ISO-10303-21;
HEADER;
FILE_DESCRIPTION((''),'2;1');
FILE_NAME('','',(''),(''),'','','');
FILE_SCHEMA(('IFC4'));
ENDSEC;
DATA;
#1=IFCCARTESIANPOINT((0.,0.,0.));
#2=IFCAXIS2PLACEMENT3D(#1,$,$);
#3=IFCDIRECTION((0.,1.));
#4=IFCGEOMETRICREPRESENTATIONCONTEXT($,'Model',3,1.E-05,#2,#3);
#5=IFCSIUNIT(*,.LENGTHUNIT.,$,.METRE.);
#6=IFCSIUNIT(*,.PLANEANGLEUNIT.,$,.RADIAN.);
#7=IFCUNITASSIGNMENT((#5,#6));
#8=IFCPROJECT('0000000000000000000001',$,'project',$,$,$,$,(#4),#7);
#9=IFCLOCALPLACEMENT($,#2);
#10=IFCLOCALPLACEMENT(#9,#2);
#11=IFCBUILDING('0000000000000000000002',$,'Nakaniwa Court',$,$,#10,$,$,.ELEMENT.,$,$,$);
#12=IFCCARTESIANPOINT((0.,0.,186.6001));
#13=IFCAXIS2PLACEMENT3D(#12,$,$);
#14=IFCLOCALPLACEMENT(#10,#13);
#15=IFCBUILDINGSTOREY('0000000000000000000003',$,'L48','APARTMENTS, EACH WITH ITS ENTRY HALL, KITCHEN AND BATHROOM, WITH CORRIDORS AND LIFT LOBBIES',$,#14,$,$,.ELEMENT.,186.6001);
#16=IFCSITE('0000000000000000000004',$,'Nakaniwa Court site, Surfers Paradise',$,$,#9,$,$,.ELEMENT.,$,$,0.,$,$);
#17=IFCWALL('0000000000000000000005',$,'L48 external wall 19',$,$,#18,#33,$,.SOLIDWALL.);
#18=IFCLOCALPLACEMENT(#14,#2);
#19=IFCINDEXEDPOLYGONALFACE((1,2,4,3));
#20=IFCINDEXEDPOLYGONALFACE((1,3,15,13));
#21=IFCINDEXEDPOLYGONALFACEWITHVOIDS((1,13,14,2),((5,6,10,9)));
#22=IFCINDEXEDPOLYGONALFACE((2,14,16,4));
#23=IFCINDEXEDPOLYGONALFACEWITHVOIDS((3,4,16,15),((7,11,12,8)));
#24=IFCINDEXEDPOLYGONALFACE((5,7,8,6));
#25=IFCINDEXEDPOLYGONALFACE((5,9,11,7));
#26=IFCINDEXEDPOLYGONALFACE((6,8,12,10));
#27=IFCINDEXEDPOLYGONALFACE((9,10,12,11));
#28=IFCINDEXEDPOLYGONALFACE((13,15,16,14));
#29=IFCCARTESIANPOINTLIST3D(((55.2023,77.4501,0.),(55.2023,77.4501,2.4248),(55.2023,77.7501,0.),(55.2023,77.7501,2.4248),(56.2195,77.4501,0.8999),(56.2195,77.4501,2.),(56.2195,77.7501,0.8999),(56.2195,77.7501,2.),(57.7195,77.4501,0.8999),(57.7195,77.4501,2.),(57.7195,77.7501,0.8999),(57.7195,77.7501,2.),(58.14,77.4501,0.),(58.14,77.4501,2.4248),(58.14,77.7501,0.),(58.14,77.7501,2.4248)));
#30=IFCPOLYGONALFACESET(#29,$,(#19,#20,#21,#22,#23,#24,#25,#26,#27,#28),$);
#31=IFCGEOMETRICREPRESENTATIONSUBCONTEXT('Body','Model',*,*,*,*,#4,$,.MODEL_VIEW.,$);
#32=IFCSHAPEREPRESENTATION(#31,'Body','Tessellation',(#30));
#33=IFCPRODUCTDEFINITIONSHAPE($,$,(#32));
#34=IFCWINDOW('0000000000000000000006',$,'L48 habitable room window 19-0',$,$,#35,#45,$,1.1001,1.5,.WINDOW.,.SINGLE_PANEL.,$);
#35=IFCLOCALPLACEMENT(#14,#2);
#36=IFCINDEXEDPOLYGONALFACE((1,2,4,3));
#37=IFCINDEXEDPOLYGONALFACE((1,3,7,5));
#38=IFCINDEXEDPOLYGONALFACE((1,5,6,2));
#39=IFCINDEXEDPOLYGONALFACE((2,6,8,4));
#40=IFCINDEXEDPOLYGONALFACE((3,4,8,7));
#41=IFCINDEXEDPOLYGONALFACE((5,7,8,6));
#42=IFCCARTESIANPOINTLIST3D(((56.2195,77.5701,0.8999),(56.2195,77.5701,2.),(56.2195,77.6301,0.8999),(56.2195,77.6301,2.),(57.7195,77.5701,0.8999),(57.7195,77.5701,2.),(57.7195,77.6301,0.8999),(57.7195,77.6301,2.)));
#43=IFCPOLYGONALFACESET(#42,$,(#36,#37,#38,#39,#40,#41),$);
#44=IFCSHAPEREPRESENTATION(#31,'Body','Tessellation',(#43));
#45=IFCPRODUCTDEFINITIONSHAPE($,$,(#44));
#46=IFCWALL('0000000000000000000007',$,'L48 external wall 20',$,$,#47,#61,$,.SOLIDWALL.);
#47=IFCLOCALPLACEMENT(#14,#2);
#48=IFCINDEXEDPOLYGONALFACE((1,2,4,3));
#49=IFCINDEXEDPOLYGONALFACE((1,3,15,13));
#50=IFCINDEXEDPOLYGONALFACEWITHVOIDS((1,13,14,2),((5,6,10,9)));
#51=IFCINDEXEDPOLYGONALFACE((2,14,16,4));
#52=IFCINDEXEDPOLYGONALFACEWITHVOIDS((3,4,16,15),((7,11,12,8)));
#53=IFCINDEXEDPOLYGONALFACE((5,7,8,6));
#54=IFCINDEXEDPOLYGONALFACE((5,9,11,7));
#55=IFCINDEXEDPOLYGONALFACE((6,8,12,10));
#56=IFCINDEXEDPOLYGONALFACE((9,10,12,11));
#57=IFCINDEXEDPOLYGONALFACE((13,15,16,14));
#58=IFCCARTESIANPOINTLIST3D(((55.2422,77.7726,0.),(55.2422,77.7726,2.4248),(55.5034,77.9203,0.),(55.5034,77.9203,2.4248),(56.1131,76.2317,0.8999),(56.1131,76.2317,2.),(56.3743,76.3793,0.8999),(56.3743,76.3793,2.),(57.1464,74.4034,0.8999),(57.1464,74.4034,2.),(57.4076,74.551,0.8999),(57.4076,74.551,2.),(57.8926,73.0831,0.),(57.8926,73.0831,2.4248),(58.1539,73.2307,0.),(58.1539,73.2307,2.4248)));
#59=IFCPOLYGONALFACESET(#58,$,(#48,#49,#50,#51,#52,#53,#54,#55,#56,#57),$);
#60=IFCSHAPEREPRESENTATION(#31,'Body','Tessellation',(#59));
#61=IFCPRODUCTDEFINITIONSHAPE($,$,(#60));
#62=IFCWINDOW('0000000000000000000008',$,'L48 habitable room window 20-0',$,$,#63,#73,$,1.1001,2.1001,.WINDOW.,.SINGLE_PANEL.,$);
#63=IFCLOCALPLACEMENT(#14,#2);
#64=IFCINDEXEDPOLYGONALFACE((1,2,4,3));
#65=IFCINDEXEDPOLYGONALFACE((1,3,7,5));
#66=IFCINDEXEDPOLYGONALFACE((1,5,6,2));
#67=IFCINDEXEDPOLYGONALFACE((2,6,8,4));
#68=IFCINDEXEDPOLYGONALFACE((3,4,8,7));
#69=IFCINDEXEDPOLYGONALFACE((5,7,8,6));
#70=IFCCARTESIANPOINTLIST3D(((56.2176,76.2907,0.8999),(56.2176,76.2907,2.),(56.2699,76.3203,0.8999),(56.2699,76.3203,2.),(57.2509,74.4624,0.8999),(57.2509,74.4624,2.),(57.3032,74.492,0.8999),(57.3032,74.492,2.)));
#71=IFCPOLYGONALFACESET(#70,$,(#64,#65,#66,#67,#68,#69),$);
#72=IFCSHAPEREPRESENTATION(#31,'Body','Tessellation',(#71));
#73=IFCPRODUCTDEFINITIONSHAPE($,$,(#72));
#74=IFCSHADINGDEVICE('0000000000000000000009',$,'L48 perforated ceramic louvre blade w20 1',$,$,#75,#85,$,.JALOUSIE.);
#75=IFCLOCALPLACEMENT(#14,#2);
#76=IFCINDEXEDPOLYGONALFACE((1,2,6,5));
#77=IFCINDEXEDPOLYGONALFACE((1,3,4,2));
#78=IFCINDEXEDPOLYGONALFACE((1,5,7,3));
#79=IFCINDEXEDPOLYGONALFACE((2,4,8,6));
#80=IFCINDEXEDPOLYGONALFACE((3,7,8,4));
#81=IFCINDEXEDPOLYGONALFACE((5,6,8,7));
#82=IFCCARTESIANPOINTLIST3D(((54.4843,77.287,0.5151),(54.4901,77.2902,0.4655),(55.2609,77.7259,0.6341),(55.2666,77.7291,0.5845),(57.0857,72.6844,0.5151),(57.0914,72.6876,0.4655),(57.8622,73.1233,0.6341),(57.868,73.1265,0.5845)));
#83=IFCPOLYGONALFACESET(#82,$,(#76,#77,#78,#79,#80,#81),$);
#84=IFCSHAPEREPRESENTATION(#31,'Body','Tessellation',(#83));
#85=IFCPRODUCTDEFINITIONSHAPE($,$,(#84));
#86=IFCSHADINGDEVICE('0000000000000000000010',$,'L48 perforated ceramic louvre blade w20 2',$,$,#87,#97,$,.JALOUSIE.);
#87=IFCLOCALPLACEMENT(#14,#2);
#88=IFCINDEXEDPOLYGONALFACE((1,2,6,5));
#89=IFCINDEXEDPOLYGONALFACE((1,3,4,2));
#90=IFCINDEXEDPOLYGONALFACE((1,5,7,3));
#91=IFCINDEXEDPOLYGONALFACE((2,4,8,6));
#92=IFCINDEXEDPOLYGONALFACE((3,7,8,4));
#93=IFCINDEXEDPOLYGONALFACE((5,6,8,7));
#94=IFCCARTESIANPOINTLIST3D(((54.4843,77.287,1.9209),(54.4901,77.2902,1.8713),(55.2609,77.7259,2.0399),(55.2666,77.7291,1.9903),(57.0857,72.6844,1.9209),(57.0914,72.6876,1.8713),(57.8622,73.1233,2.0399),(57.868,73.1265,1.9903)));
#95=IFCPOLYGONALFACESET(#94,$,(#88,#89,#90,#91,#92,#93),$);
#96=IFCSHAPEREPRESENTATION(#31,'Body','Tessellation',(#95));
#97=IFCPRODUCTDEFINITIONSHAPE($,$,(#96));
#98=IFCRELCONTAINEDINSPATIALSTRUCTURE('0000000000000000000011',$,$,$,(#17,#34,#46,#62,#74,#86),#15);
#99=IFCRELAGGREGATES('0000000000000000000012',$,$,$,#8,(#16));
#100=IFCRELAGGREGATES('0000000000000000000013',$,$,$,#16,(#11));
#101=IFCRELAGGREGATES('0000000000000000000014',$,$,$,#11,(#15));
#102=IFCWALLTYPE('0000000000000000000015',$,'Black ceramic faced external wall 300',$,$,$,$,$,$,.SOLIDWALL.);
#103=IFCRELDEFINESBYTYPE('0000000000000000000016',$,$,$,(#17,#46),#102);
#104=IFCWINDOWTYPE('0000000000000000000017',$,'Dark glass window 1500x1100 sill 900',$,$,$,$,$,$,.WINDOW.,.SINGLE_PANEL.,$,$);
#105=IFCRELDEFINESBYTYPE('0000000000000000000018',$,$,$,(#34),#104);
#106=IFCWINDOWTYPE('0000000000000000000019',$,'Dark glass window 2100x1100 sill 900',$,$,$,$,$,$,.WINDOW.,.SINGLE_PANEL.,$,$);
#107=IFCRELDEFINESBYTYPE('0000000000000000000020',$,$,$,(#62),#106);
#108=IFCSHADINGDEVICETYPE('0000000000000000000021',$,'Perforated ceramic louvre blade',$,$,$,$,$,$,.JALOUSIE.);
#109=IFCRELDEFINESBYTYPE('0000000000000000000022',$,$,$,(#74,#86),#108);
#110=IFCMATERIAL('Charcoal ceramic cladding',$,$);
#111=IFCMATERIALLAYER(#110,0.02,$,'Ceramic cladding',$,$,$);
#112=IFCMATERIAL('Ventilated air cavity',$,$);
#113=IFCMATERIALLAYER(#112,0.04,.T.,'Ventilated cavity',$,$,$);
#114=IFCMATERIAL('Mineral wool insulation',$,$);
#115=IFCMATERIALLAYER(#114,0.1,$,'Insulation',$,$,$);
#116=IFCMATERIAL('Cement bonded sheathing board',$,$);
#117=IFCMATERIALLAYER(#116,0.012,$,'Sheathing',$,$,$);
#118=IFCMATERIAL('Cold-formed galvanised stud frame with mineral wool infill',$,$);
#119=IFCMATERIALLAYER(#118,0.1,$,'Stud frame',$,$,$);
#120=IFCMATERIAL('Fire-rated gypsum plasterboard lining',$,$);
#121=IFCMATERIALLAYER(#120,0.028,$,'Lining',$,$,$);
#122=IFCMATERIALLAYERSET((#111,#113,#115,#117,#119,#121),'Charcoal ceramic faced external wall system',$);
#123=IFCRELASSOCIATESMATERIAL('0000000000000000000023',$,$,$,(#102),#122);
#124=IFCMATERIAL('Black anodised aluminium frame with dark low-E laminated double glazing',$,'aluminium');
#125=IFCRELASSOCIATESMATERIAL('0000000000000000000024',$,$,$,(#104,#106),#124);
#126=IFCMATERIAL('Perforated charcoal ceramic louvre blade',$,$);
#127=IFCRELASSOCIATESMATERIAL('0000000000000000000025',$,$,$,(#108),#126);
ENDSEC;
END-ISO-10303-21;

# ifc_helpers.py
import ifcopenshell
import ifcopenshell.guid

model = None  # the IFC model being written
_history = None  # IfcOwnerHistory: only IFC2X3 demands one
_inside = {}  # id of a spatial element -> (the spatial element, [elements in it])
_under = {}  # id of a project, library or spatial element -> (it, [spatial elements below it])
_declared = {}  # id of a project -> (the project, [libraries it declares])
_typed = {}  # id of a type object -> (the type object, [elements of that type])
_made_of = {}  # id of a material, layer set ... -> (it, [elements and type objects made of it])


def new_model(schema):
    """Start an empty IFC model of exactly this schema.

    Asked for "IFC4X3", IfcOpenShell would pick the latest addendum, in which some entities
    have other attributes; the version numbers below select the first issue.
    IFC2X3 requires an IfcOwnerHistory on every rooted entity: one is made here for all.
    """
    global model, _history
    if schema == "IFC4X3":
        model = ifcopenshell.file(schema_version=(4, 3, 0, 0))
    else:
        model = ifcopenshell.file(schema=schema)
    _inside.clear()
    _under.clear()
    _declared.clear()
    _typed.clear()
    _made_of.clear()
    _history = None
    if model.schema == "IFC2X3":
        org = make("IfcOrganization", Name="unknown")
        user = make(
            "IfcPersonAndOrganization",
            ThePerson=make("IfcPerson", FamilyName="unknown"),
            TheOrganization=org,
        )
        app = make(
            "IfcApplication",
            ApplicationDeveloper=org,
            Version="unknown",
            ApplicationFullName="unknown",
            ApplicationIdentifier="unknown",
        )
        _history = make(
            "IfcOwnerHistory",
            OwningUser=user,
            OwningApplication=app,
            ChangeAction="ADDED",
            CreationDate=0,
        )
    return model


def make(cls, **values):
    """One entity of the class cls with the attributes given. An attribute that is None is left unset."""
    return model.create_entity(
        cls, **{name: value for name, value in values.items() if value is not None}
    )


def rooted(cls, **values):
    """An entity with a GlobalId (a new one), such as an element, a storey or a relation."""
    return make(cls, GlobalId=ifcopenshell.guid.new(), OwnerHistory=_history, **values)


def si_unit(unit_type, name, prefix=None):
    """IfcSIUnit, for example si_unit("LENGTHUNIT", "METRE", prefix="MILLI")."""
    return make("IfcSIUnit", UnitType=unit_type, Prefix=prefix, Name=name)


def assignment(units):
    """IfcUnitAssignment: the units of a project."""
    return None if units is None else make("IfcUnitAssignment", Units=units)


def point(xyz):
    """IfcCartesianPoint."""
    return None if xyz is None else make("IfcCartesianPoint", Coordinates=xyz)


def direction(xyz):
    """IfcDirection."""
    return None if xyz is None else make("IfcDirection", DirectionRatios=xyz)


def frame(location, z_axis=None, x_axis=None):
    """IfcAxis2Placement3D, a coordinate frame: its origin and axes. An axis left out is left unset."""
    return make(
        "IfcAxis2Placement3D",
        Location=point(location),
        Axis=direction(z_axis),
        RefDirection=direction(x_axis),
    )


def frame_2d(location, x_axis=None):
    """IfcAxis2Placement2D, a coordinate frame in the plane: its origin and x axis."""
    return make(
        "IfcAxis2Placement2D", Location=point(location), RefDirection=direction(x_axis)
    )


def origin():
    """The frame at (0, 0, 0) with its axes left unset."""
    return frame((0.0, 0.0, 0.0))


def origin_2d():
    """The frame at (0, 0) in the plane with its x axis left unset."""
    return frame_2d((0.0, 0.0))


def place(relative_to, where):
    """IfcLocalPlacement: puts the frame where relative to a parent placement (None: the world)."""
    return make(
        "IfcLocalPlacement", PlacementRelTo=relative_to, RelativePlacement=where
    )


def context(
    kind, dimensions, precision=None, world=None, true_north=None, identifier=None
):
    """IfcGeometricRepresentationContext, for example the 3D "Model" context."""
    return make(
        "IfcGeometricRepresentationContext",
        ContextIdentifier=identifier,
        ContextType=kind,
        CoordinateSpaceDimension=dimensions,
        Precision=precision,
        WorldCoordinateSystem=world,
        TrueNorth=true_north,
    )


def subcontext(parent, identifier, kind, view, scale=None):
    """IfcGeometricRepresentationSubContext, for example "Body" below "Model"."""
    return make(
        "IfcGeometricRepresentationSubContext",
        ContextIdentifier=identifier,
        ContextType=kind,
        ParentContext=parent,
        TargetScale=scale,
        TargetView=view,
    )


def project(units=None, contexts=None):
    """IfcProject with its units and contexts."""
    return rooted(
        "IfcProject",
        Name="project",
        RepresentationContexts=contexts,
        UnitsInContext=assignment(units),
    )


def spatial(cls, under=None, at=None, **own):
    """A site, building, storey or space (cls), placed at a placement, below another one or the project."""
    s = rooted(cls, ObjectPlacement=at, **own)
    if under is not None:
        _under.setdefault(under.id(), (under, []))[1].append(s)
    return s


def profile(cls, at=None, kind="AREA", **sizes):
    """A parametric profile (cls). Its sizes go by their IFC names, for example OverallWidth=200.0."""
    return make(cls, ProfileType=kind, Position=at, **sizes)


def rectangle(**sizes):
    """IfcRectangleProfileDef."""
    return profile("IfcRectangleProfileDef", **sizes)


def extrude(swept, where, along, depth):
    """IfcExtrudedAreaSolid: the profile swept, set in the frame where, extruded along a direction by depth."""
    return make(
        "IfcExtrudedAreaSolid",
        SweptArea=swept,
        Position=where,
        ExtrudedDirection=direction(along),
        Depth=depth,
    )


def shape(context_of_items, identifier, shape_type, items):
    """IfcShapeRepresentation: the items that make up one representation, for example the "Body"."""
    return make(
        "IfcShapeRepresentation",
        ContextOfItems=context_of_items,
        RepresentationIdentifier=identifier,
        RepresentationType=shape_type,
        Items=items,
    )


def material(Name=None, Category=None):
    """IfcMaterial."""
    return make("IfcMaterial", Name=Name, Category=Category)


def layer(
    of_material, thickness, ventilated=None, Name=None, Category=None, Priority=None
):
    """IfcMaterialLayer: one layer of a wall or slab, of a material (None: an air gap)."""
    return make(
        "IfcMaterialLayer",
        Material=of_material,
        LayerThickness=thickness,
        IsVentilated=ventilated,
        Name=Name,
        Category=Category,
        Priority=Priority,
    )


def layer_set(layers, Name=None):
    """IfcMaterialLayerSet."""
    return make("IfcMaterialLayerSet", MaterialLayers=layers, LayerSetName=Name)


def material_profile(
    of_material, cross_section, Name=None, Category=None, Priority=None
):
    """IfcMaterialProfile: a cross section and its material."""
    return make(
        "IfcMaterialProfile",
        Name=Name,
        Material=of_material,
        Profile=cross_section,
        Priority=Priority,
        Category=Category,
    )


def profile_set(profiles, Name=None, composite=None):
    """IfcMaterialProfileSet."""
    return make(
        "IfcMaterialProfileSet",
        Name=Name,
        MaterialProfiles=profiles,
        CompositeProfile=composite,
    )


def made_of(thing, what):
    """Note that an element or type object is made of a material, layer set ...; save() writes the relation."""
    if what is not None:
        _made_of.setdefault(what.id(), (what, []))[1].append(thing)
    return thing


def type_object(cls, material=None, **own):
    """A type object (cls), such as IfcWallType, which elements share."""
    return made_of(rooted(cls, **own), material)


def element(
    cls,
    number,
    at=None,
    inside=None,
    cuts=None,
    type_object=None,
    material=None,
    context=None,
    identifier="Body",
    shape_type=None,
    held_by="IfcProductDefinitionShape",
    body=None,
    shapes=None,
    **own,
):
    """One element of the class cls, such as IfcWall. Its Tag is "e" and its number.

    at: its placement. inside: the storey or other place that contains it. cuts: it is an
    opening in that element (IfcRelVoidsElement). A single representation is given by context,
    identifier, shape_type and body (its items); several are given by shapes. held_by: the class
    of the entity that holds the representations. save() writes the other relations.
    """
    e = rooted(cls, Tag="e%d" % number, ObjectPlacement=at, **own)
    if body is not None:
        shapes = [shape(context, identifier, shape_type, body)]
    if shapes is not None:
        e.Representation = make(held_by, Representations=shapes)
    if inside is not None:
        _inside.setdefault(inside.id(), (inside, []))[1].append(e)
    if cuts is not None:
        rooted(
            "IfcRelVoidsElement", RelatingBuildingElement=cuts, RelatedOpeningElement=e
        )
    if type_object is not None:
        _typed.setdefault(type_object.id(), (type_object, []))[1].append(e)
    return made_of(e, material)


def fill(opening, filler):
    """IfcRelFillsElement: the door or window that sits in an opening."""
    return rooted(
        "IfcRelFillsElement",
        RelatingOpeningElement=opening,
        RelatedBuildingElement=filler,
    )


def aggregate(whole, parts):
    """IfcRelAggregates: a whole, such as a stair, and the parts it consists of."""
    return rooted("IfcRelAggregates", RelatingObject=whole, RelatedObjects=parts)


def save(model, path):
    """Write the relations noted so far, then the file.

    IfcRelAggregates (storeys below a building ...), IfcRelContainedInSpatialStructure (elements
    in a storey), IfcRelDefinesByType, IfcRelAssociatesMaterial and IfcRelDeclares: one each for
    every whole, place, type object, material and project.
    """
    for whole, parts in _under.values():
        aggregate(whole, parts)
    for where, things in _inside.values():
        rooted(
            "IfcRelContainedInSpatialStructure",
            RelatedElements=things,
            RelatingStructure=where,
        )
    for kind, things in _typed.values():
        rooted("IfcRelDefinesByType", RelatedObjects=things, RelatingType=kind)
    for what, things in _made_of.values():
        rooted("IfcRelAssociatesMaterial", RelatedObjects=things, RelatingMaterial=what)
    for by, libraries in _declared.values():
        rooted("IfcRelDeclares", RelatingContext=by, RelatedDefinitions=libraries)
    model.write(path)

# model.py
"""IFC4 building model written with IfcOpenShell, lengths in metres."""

from ifc_helpers import new_model, si_unit, direction, frame, frame_2d, origin, origin_2d, place, context, subcontext, project, spatial, rectangle, extrude, material, layer, layer_set, material_profile, profile_set, type_object, element, fill, save


model = new_model("IFC4")

# Units and contexts
model_context = context("Model", 3, precision=1e-05, world=origin(), true_north=direction((0.0, 1.0)))
body_context = subcontext(model_context, "Body", "Model", "MODEL_VIEW")
ifc_project = project(units=[si_unit("LENGTHUNIT", "METRE"), si_unit("PLANEANGLEUNIT", "RADIAN")], contexts=[model_context])

# Site, building, storey
site_placement = place(None, origin())
site = spatial("IfcSite", under=ifc_project, at=site_placement, Name="Nakaniwa Court site, Surfers Paradise", CompositionType="ELEMENT", RefElevation=0.0)
building_placement = place(site_placement, origin())
building = spatial("IfcBuilding", under=site, at=building_placement, Name="Nakaniwa Court", CompositionType="ELEMENT")
storey_placement = place(building_placement, frame((0.0, 0.0, 186.6001)))
storey = spatial("IfcBuildingStorey", under=building, at=storey_placement, Name="L48", Description="APARTMENTS, EACH WITH ITS ENTRY HALL, KITCHEN AND BATHROOM, WITH CORRIDORS AND LIFT LOBBIES", CompositionType="ELEMENT", Elevation=186.6001)

# Walls, openings, windows
ifc_material_1 = material(Name="Charcoal ceramic cladding")
ifc_layer_1 = layer(ifc_material_1, 0.02, Name="Ceramic cladding")
ifc_material_2 = material(Name="Ventilated air cavity")
ifc_layer_2 = layer(ifc_material_2, 0.04, ventilated=True, Name="Ventilated cavity")
ifc_material_3 = material(Name="Mineral wool insulation")
ifc_layer_3 = layer(ifc_material_3, 0.1, Name="Insulation")
ifc_material_4 = material(Name="Cement bonded sheathing board")
ifc_layer_4 = layer(ifc_material_4, 0.012, Name="Sheathing")
ifc_material_5 = material(Name="Cold-formed galvanised stud frame with mineral wool infill")
ifc_layer_5 = layer(ifc_material_5, 0.1, Name="Stud frame")
ifc_material_6 = material(Name="Fire-rated gypsum plasterboard lining")
ifc_layer_6 = layer(ifc_material_6, 0.028, Name="Lining")
ifc_layer_set_1 = layer_set([ifc_layer_1, ifc_layer_2, ifc_layer_3, ifc_layer_4, ifc_layer_5, ifc_layer_6], Name="Charcoal ceramic faced external wall system")
wall_type_1 = type_object("IfcWallType", Name="Black ceramic faced external wall 300", PredefinedType="SOLIDWALL", material=ifc_layer_set_1)
ifc_material_7 = material(Name="Black anodised aluminium frame with dark low-E laminated double glazing", Category="aluminium")
window_type_1 = type_object("IfcWindowType", Name="Dark glass window 1500x1100 sill 900", PartitioningType="SINGLE_PANEL", PredefinedType="WINDOW", material=ifc_material_7)
window_type_2 = type_object("IfcWindowType", Name="Dark glass window 2100x1100 sill 900", PartitioningType="SINGLE_PANEL", PredefinedType="WINDOW", material=ifc_material_7)
wall_1_placement = place(storey_placement, frame((58.1399, 77.6001, 0.0), z_axis=(0.0, 0.0, 1.0), x_axis=(-1.0, 0.0, 0.0)))
wall_1 = element("IfcWall", 1, at=wall_1_placement, inside=storey, type_object=wall_type_1, Name="L48 external wall 19", PredefinedType="SOLIDWALL", context=body_context, shape_type="SweptSolid", body=[
    extrude(rectangle(XDim=2.9377, YDim=0.3, at=frame_2d((1.4688, 0.0))), origin(), (0.0, 0.0, 1.0), 2.4248),
])
opening_1_placement = place(wall_1_placement, frame((0.4204, 0.0, 0.8999)))
opening_1 = element("IfcOpeningElement", 2, at=opening_1_placement, cuts=wall_1, PredefinedType="OPENING", context=body_context, shape_type="SweptSolid", body=[
    extrude(rectangle(XDim=1.5, YDim=1.1001, at=frame_2d((0.75, 0.55))), frame((0.0, 0.1599, 0.0), z_axis=(0.0, -1.0, 0.0), x_axis=(1.0, 0.0, 0.0)), (0.0, 0.0, 1.0), 0.3201),
])
window_1_placement = place(opening_1_placement, origin())
window_1 = element("IfcWindow", 3, at=window_1_placement, inside=storey, type_object=window_type_1, Name="L48 habitable room window 19-0", OverallHeight=1.1001, OverallWidth=1.5, PartitioningType="SINGLE_PANEL", PredefinedType="WINDOW", context=body_context, shape_type="SweptSolid", body=[
    extrude(rectangle(XDim=1.5, YDim=1.1001, at=frame_2d((0.75, 0.55))), frame((0.0, 0.03, 0.0), z_axis=(0.0, -1.0, 0.0), x_axis=(1.0, 0.0, 0.0)), (0.0, 0.0, 1.0), 0.0601),
])
fill(opening_1, window_1)
wall_2_placement = place(storey_placement, frame((55.3728, 77.8464, 0.0), z_axis=(0.0, 0.0, 1.0), x_axis=(0.492033, -0.870576, 0.0)))
wall_2 = element("IfcWall", 4, at=wall_2_placement, inside=storey, type_object=wall_type_1, Name="L48 external wall 20", PredefinedType="SOLIDWALL", context=body_context, shape_type="SweptSolid", body=[
    extrude(rectangle(XDim=5.3867, YDim=0.3, at=frame_2d((2.6934, 0.0))), origin(), (0.0, 0.0, 1.0), 2.4248),
])
opening_2_placement = place(wall_2_placement, frame((1.77, 0.0, 0.8999)))
opening_2 = element("IfcOpeningElement", 5, at=opening_2_placement, cuts=wall_2, PredefinedType="OPENING", context=body_context, shape_type="SweptSolid", body=[
    extrude(rectangle(XDim=2.1001, YDim=1.1001, at=frame_2d((1.05, 0.55))), frame((0.0, 0.1599, 0.0), z_axis=(0.0, -1.0, 0.0), x_axis=(1.0, 0.0, 0.0)), (0.0, 0.0, 1.0), 0.3201),
])
window_2_placement = place(opening_2_placement, origin())
window_2 = element("IfcWindow", 6, at=window_2_placement, inside=storey, type_object=window_type_2, Name="L48 habitable room window 20-0", OverallHeight=1.1001, OverallWidth=2.1001, PartitioningType="SINGLE_PANEL", PredefinedType="WINDOW", context=body_context, shape_type="SweptSolid", body=[
    extrude(rectangle(XDim=2.1001, YDim=1.1001, at=frame_2d((1.05, 0.55))), frame((0.0, 0.03, 0.0), z_axis=(0.0, -1.0, 0.0), x_axis=(1.0, 0.0, 0.0)), (0.0, 0.0, 1.0), 0.0601),
])
fill(opening_2, window_2)

# Shading devices
ifc_material_8 = material(Name="Perforated charcoal ceramic louvre blade")
ifc_material_profile_1 = material_profile(ifc_material_8, rectangle(XDim=0.8999, YDim=0.05, at=origin_2d()), Name="Perforated ceramic louvre blade")
ifc_profile_set_1 = profile_set([ifc_material_profile_1], Name="Perforated charcoal ceramic louvre blade")
shading_device_type = type_object("IfcShadingDeviceType", Name="Perforated ceramic louvre blade", PredefinedType="JALOUSIE", material=ifc_profile_set_1)
for number, where, z_axis, x_axis, name in (
    (7, (54.8755, 77.5081, 0.5498), (0.492041, -0.870572, 0.0), (0.862925, 0.487718, 0.132256), "L48 perforated ceramic louvre blade w20 1"),
    (8, (54.8755, 77.5081, 1.9556), (0.492041, -0.870572, 0.0), (0.862925, 0.487718, 0.132256), "L48 perforated ceramic louvre blade w20 2"),
):
    element("IfcShadingDevice", number, at=place(storey_placement, frame(where, z_axis=z_axis, x_axis=x_axis)), inside=storey, type_object=shading_device_type, Name=name, PredefinedType="JALOUSIE", context=body_context, shape_type="SweptSolid", body=[
        extrude(rectangle(XDim=0.8999, YDim=0.05, at=origin_2d()), origin(), (0.0, 0.0, 1.0), 5.2869),
    ])

save(model, "model.ifc")
